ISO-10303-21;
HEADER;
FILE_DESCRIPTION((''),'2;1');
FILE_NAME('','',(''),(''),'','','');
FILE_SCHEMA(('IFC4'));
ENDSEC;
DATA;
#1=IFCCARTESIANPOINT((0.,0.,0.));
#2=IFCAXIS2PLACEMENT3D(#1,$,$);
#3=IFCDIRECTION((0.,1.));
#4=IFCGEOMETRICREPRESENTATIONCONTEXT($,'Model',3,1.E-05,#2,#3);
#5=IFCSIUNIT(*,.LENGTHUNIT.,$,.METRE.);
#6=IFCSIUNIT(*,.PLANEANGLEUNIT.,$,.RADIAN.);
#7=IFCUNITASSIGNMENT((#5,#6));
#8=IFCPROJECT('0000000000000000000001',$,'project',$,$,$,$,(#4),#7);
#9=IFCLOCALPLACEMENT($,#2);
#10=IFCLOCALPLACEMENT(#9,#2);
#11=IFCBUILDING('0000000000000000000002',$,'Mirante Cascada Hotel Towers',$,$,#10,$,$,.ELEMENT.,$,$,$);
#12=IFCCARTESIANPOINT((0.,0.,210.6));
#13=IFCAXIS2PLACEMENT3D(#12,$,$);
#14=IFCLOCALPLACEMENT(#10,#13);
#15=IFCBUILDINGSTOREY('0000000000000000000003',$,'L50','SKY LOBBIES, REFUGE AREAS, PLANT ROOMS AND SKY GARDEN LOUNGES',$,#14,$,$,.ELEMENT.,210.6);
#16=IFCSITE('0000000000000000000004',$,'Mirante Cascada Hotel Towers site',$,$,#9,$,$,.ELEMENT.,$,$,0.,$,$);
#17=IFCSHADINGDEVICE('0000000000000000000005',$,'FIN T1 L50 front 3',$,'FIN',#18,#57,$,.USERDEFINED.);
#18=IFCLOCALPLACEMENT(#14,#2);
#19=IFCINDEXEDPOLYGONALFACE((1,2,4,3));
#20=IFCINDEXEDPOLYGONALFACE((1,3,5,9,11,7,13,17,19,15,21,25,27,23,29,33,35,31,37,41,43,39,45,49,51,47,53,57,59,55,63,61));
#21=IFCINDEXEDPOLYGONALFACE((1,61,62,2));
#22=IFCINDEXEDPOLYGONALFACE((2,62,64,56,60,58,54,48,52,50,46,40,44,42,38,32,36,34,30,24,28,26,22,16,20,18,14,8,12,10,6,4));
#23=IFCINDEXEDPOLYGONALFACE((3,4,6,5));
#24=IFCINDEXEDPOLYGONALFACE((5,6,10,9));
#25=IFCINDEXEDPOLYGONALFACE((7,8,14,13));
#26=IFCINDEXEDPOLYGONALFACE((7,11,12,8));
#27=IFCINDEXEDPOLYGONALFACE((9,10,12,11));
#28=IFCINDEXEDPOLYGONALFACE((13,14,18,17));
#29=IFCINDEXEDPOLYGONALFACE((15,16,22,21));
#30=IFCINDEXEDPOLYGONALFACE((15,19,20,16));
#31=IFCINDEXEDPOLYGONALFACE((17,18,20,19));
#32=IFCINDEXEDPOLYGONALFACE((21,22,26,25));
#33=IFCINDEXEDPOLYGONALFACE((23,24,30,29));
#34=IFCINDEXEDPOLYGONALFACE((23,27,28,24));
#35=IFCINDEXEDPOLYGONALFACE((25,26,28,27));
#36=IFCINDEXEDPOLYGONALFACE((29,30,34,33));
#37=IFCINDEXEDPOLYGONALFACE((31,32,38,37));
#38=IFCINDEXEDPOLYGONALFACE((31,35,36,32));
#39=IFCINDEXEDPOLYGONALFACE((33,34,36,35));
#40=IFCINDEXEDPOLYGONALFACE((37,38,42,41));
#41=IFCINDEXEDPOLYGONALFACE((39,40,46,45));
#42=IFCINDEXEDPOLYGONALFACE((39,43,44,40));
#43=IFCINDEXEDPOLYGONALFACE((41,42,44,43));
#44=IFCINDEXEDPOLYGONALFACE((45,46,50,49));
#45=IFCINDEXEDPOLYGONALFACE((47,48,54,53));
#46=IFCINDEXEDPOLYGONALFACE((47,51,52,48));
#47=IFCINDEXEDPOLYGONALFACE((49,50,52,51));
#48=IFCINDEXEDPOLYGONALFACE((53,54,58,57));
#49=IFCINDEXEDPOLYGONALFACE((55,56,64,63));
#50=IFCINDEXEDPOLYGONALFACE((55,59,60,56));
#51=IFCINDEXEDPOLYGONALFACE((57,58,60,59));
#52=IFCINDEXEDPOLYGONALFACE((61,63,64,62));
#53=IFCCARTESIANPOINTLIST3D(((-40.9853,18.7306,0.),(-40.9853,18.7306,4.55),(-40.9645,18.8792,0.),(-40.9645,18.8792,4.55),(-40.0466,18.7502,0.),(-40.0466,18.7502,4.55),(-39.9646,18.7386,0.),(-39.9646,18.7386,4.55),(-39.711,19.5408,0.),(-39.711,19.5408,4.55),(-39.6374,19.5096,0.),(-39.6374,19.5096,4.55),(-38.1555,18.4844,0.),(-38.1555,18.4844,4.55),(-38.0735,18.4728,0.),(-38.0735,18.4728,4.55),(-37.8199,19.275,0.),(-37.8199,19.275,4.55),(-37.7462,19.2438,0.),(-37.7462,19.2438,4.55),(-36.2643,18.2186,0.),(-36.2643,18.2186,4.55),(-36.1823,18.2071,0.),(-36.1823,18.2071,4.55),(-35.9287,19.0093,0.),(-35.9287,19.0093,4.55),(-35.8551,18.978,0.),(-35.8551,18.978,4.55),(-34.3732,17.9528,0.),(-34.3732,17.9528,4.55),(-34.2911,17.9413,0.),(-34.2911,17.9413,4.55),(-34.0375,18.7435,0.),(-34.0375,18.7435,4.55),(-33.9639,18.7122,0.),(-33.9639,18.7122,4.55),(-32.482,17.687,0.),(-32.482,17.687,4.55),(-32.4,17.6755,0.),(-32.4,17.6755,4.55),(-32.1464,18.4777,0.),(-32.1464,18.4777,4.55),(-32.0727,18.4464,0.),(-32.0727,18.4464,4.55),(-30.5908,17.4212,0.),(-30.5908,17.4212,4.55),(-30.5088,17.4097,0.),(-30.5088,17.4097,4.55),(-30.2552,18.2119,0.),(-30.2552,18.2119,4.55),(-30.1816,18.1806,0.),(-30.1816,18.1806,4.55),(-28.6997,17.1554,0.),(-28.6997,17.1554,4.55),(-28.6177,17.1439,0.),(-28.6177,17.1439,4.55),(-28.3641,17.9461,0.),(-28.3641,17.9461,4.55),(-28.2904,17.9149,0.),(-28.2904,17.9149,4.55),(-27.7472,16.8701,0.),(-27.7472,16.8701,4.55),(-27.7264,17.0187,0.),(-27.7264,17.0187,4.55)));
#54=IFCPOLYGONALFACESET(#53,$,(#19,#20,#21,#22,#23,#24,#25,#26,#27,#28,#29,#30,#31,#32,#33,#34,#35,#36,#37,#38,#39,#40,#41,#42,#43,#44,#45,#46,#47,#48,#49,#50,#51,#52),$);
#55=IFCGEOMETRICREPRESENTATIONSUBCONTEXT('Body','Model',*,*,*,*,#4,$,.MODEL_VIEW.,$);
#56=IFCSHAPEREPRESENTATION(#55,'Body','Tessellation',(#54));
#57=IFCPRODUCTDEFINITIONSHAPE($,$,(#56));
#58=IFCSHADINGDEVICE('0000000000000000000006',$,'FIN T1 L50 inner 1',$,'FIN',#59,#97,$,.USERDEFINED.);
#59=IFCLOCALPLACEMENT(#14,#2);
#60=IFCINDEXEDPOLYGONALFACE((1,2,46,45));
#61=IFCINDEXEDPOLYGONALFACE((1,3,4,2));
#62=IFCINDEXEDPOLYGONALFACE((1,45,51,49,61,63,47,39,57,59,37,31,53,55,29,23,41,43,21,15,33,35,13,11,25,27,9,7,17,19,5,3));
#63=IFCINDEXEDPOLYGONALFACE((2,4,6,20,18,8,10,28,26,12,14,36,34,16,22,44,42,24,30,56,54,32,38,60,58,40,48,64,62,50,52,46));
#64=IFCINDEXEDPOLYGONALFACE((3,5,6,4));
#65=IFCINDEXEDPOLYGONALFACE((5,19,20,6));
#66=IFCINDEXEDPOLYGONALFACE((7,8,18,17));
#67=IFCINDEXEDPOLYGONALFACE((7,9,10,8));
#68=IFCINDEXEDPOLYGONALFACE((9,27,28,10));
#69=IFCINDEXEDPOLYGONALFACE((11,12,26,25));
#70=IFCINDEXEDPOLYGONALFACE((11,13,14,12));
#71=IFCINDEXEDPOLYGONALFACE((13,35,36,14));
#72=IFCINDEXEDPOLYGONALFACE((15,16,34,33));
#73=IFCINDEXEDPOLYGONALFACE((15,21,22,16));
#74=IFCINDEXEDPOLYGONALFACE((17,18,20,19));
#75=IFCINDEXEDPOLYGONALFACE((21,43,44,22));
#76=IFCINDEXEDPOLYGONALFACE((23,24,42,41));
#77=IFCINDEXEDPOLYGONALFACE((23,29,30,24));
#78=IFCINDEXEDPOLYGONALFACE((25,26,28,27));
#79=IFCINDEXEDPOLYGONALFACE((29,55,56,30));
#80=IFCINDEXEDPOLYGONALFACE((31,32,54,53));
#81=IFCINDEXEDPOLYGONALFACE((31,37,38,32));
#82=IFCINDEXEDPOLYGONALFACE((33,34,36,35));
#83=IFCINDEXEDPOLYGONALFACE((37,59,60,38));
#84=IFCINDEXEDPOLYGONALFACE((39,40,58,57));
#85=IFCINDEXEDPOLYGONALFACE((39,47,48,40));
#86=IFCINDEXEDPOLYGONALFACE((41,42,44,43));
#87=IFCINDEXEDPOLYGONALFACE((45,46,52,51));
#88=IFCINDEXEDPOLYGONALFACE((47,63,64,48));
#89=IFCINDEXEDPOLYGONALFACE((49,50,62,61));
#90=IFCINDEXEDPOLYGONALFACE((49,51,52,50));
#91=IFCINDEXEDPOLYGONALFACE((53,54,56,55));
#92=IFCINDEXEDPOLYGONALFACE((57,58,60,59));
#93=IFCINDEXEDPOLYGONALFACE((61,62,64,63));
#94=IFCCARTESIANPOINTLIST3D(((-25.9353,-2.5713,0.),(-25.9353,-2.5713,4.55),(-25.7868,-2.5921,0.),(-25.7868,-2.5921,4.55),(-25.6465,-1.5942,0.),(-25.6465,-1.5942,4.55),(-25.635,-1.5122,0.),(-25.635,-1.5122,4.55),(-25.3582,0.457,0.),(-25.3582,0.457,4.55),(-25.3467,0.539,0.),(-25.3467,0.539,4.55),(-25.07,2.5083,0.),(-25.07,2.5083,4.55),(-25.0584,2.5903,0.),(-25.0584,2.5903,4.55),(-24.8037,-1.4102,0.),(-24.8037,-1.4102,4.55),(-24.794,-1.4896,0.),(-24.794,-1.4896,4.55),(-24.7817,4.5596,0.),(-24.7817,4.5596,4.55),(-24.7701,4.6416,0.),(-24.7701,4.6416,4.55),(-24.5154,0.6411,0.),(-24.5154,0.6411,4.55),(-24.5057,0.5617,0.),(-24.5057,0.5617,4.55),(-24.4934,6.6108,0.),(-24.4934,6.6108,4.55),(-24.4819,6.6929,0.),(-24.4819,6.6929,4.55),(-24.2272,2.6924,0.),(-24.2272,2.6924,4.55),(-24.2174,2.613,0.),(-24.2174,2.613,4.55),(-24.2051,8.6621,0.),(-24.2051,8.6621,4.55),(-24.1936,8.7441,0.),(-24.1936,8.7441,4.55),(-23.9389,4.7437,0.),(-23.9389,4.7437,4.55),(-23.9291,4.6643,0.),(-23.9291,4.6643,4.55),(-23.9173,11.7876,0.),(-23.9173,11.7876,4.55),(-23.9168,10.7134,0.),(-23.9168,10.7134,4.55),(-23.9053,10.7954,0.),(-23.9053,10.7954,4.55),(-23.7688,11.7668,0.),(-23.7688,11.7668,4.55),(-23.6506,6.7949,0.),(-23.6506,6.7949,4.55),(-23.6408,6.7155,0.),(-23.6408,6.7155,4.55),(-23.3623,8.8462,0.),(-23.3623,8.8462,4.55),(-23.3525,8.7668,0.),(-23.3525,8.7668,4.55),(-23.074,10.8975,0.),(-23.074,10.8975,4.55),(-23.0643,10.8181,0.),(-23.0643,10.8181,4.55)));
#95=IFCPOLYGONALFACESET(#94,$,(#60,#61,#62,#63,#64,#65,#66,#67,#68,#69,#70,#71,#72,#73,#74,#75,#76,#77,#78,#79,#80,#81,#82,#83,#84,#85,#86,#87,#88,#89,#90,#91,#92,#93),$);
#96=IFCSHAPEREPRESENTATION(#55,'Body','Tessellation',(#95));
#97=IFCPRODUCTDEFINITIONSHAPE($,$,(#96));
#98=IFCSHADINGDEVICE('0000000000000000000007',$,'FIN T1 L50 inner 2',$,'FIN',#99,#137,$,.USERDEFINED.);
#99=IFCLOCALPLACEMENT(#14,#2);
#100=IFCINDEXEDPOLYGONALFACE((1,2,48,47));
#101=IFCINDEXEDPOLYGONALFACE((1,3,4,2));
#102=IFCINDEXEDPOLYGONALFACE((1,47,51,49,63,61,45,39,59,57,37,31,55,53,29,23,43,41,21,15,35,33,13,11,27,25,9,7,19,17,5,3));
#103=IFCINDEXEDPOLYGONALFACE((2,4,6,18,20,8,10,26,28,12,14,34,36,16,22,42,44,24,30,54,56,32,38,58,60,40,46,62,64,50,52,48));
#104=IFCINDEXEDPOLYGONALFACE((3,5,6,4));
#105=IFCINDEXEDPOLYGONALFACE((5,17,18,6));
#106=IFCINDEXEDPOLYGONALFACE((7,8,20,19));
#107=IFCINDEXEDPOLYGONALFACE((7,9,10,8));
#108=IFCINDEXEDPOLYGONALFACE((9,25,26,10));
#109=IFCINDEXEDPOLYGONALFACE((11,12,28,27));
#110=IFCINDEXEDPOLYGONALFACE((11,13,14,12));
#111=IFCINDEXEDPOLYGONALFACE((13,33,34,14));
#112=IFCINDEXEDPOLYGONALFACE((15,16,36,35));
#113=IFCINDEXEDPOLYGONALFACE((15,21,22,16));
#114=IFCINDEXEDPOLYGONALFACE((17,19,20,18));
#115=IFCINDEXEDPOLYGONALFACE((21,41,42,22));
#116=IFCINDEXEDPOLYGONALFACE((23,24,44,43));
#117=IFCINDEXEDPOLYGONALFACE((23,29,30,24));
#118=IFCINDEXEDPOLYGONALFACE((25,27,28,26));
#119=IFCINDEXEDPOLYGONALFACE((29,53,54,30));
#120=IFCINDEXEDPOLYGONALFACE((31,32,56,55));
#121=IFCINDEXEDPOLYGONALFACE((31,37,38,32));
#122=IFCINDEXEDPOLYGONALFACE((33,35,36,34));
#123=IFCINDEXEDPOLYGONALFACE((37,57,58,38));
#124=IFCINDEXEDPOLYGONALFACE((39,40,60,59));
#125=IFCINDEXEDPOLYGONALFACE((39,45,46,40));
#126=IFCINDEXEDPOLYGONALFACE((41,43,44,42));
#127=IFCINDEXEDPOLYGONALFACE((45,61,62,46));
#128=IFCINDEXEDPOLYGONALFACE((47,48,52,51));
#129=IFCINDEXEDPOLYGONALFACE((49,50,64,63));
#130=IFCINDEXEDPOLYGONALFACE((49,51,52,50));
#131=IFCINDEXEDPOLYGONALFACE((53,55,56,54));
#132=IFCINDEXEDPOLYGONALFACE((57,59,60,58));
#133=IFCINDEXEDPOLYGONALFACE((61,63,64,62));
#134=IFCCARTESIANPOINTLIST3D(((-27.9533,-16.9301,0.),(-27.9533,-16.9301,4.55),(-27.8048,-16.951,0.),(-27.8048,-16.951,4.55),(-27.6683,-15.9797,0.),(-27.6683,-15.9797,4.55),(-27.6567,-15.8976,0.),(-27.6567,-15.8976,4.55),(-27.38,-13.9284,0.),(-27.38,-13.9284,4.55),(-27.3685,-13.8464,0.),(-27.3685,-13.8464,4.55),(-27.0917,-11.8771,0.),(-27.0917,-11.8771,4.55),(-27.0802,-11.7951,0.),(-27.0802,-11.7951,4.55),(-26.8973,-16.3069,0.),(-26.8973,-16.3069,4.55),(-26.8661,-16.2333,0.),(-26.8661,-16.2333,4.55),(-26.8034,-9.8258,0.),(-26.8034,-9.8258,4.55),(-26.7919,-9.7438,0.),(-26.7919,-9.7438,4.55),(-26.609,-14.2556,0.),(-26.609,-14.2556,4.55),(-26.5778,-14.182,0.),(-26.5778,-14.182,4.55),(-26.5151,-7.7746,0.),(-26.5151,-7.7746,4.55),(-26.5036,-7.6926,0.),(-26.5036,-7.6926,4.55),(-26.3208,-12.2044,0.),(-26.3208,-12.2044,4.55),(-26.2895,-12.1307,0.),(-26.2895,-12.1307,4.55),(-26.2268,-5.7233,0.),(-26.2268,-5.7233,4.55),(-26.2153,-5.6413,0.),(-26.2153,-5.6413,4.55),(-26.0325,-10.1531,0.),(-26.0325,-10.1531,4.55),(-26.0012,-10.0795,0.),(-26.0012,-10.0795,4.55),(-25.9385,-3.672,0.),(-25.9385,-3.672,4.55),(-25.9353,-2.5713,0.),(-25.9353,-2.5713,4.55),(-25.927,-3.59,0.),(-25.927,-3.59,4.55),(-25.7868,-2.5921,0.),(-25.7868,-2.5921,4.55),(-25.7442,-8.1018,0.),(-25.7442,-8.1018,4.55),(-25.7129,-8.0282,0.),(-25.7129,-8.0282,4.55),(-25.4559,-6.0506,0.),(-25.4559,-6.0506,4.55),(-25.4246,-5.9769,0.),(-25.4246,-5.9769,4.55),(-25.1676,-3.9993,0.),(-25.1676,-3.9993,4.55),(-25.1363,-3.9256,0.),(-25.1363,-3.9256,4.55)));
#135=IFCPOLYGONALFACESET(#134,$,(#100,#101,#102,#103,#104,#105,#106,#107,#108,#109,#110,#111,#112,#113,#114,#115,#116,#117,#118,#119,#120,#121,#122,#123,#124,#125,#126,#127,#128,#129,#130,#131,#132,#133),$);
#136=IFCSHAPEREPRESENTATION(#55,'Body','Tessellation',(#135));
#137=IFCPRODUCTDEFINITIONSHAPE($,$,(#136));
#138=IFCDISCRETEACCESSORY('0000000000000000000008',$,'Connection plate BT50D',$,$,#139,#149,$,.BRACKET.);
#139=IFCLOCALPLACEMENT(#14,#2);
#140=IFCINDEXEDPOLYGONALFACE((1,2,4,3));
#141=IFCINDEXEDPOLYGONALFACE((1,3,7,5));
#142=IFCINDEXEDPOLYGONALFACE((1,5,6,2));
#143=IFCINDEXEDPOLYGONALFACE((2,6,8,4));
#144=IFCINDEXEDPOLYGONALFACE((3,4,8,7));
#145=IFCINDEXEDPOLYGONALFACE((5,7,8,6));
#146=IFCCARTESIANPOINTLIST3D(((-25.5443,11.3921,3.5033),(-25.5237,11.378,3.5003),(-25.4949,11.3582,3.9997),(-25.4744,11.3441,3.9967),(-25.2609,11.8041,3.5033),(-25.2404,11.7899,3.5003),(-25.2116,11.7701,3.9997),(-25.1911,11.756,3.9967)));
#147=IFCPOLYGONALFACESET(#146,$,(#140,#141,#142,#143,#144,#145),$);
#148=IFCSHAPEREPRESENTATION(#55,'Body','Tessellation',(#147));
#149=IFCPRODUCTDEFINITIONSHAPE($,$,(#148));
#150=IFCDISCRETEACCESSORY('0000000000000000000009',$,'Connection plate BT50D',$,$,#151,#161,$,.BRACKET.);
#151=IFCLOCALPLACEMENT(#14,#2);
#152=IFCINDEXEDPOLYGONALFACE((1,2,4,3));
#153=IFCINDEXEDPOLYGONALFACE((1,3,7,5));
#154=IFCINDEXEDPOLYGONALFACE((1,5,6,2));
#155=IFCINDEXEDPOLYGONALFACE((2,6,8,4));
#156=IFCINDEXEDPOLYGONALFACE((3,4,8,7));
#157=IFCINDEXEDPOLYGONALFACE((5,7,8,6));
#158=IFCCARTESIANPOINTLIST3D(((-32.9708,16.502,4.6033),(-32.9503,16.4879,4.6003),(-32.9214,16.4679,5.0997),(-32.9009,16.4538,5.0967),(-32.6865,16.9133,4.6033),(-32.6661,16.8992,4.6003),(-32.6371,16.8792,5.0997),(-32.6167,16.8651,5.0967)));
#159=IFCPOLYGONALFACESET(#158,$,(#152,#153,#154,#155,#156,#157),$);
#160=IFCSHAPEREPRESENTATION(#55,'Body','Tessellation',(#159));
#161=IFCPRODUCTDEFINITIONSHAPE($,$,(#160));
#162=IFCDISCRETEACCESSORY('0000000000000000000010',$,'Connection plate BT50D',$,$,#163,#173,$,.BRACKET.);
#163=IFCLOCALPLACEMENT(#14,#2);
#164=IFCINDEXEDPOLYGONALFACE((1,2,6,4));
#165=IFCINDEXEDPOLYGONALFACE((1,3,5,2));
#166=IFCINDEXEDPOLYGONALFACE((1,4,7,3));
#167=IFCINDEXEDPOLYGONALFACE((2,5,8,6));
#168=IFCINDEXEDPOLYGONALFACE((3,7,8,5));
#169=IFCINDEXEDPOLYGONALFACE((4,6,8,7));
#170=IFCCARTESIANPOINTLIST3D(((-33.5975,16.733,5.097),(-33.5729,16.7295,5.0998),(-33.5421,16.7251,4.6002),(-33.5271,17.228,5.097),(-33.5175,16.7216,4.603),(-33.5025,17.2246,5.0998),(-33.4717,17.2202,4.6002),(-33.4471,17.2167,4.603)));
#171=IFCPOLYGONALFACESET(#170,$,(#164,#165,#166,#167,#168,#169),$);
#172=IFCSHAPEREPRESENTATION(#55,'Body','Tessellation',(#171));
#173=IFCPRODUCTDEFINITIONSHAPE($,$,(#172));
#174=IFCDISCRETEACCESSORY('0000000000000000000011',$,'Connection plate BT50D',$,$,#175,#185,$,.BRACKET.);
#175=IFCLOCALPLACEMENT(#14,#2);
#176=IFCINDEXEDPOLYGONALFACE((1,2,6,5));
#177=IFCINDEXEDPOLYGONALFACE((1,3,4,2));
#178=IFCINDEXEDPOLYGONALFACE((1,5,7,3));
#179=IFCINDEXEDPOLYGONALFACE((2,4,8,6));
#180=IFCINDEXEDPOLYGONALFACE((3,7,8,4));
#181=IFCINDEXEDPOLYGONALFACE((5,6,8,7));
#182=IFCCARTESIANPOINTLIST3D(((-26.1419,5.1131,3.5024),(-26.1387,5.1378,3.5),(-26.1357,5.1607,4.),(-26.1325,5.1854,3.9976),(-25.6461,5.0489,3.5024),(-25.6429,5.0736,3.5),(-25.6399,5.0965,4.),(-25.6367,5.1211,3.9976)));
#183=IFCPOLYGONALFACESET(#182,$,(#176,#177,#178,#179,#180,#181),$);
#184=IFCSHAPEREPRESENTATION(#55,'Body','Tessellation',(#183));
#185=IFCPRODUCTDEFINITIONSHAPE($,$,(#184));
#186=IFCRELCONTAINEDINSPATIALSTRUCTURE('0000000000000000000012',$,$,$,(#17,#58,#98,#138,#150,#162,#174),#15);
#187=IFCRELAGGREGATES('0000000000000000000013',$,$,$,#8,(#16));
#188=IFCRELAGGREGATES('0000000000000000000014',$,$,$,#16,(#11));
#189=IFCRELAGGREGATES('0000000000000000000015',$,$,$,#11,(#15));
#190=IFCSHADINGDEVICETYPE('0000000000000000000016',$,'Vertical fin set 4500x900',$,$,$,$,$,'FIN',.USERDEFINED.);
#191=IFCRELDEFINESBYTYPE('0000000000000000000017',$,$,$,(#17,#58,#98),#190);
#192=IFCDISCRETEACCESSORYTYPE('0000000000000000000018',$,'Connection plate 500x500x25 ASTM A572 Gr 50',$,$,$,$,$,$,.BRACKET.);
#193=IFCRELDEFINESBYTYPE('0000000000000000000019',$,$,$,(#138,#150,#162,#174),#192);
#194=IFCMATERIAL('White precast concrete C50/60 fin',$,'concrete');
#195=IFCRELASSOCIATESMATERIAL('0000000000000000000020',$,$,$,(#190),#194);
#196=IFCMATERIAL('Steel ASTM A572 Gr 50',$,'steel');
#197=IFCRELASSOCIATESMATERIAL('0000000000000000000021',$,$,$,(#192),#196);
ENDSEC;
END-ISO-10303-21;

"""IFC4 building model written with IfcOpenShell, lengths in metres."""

from ifc_helpers import new_model, si_unit, direction, frame, origin, origin_2d, place, context, subcontext, project, spatial, polyline, rectangle, outline, extrude, material, material_profile, profile_set, type_object, element, save


model = new_model("IFC4")

# Units and contexts
model_context = context("Model", 3, precision=1e-05, world=origin(), true_north=direction((0.0, 1.0)))
body_context = subcontext(model_context, "Body", "Model", "MODEL_VIEW")
ifc_project = project(units=[si_unit("LENGTHUNIT", "METRE"), si_unit("PLANEANGLEUNIT", "RADIAN")], contexts=[model_context])

# Site, building, storey
site_placement = place(None, origin())
site = spatial("IfcSite", under=ifc_project, at=site_placement, Name="Mirante Cascada Hotel Towers site", CompositionType="ELEMENT", RefElevation=0.0)
building_placement = place(site_placement, origin())
building = spatial("IfcBuilding", under=site, at=building_placement, Name="Mirante Cascada Hotel Towers", CompositionType="ELEMENT")
storey_placement = place(building_placement, frame((0.0, 0.0, 210.6)))
storey = spatial("IfcBuildingStorey", under=building, at=storey_placement, Name="L50", Description="SKY LOBBIES, REFUGE AREAS, PLANT ROOMS AND SKY GARDEN LOUNGES", CompositionType="ELEMENT", Elevation=210.6)

# Shading devices
ifc_material_1 = material(Name="White precast concrete C50/60 fin", Category="concrete")
shading_device_type = type_object("IfcShadingDeviceType", Name="Vertical fin set 4500x900", ElementType="FIN", PredefinedType="USERDEFINED", material=ifc_material_1)
shading_device_1_placement = place(storey_placement, origin())
element("IfcShadingDevice", 1, at=shading_device_1_placement, inside=storey, type_object=shading_device_type, Name="FIN T1 L50 front 3", ObjectType="FIN", PredefinedType="USERDEFINED", context=body_context, shape_type="SweptSolid", body=[
    extrude(outline(polyline([(-28.6177, 17.1439), (-27.7264, 17.0187), (-27.7472, 16.8701), (-40.9853, 18.7306), (-40.9645, 18.8792), (-40.0466, 18.7502), (-39.711, 19.5408), (-39.6374, 19.5096), (-39.9646, 18.7386), (-38.1555, 18.4844), (-37.8199, 19.275), (-37.7462, 19.2438), (-38.0735, 18.4728), (-36.2643, 18.2186), (-35.9287, 19.0093), (-35.8551, 18.978), (-36.1823, 18.2071), (-34.3732, 17.9528), (-34.0375, 18.7435), (-33.9639, 18.7122), (-34.2911, 17.9413), (-32.482, 17.687), (-32.1464, 18.4777), (-32.0727, 18.4464), (-32.4, 17.6755), (-30.5908, 17.4212), (-30.2552, 18.2119), (-30.1816, 18.1806), (-30.5088, 17.4097), (-28.6997, 17.1554), (-28.3641, 17.9461), (-28.2904, 17.9149), (-28.6177, 17.1439)])), origin(), (0.0, 0.0, 1.0), 4.55),
])
shading_device_2_placement = place(storey_placement, origin())
element("IfcShadingDevice", 2, at=shading_device_2_placement, inside=storey, type_object=shading_device_type, Name="FIN T1 L50 inner 1", ObjectType="FIN", PredefinedType="USERDEFINED", context=body_context, shape_type="SweptSolid", body=[
    extrude(outline(polyline([(-25.6465, -1.5942), (-25.7868, -2.5921), (-25.9353, -2.5713), (-23.9173, 11.7876), (-23.7688, 11.7668), (-23.9053, 10.7954), (-23.074, 10.8975), (-23.0643, 10.8181), (-23.9168, 10.7134), (-24.1936, 8.7441), (-23.3623, 8.8462), (-23.3525, 8.7668), (-24.2051, 8.6621), (-24.4819, 6.6929), (-23.6506, 6.7949), (-23.6408, 6.7155), (-24.4934, 6.6108), (-24.7701, 4.6416), (-23.9389, 4.7437), (-23.9291, 4.6643), (-24.7817, 4.5596), (-25.0584, 2.5903), (-24.2272, 2.6924), (-24.2174, 2.613), (-25.07, 2.5083), (-25.3467, 0.539), (-24.5154, 0.6411), (-24.5057, 0.5617), (-25.3582, 0.457), (-25.635, -1.5122), (-24.8037, -1.4102), (-24.794, -1.4896), (-25.6465, -1.5942)])), origin(), (0.0, 0.0, 1.0), 4.55),
])
shading_device_3_placement = place(storey_placement, origin())
element("IfcShadingDevice", 3, at=shading_device_3_placement, inside=storey, type_object=shading_device_type, Name="FIN T1 L50 inner 2", ObjectType="FIN", PredefinedType="USERDEFINED", context=body_context, shape_type="SweptSolid", body=[
    extrude(outline(polyline([(-27.6683, -15.9797), (-27.8048, -16.951), (-27.9533, -16.9301), (-25.9353, -2.5713), (-25.7868, -2.5921), (-25.927, -3.59), (-25.1363, -3.9256), (-25.1676, -3.9993), (-25.9385, -3.672), (-26.2153, -5.6413), (-25.4246, -5.9769), (-25.4559, -6.0506), (-26.2268, -5.7233), (-26.5036, -7.6926), (-25.7129, -8.0282), (-25.7442, -8.1018), (-26.5151, -7.7746), (-26.7919, -9.7438), (-26.0012, -10.0795), (-26.0325, -10.1531), (-26.8034, -9.8258), (-27.0802, -11.7951), (-26.2895, -12.1307), (-26.3208, -12.2044), (-27.0917, -11.8771), (-27.3685, -13.8464), (-26.5778, -14.182), (-26.609, -14.2556), (-27.38, -13.9284), (-27.6567, -15.8976), (-26.8661, -16.2333), (-26.8973, -16.3069), (-27.6683, -15.9797)])), origin(), (0.0, 0.0, 1.0), 4.55),
])

# Discrete accessories
ifc_material_2 = material(Name="Steel ASTM A572 Gr 50", Category="steel")
ifc_material_profile_1 = material_profile(ifc_material_2, rectangle(XDim=0.5, YDim=0.5, at=origin_2d()), Name="Connection plate 500x500x25 ASTM A572 Gr 50")
ifc_profile_set_1 = profile_set([ifc_material_profile_1], Name="Steel ASTM A572 Gr 50")
discrete_accessory_type_1 = type_object("IfcDiscreteAccessoryType", Name="Connection plate 500x500x25 ASTM A572 Gr 50", PredefinedType="BRACKET", material=ifc_profile_set_1)
discrete_accessory_1_placement = place(storey_placement, frame((-25.3574, 11.567, 3.7485), z_axis=(-0.818, 0.562624, 0.119707), x_axis=(-0.566699, -0.823925, 0.0)))
element("IfcDiscreteAccessory", 4, at=discrete_accessory_1_placement, inside=storey, type_object=discrete_accessory_type_1, Name="Connection plate BT50D", PredefinedType="BRACKET", context=body_context, shape_type="SweptSolid", body=[
    extrude(rectangle(XDim=0.5, YDim=0.5, at=origin_2d()), origin(), (0.0, 0.0, 1.0), 0.0251),
])
for number, where, z_axis, x_axis, name in (
    (5, (-32.7835, 16.6765, 4.8485), (-0.816673, 0.564465, 0.120099), (-0.568581, -0.822627, 0.0), "Connection plate BT50D"),
    (6, (-33.51, 16.9731, 4.8514), (-0.983803, 0.139972, -0.111978), (-0.140858, -0.99003, 0.0), "Connection plate BT50D"),
    (7, (-25.8909, 5.1048, 3.7512), (0.127888, 0.98714, -0.095916), (-0.991712, 0.128481, 0.0), "Connection plate BT50D"),
):
    element("IfcDiscreteAccessory", number, at=place(storey_placement, frame(where, z_axis=z_axis, x_axis=x_axis)), inside=storey, type_object=discrete_accessory_type_1, Name=name, PredefinedType="BRACKET", context=body_context, shape_type="SweptSolid", body=[
        extrude(rectangle(XDim=0.5, YDim=0.5, at=origin_2d()), origin(), (0.0, 0.0, 1.0), 0.025),
    ])

save(model, "model.ifc")
